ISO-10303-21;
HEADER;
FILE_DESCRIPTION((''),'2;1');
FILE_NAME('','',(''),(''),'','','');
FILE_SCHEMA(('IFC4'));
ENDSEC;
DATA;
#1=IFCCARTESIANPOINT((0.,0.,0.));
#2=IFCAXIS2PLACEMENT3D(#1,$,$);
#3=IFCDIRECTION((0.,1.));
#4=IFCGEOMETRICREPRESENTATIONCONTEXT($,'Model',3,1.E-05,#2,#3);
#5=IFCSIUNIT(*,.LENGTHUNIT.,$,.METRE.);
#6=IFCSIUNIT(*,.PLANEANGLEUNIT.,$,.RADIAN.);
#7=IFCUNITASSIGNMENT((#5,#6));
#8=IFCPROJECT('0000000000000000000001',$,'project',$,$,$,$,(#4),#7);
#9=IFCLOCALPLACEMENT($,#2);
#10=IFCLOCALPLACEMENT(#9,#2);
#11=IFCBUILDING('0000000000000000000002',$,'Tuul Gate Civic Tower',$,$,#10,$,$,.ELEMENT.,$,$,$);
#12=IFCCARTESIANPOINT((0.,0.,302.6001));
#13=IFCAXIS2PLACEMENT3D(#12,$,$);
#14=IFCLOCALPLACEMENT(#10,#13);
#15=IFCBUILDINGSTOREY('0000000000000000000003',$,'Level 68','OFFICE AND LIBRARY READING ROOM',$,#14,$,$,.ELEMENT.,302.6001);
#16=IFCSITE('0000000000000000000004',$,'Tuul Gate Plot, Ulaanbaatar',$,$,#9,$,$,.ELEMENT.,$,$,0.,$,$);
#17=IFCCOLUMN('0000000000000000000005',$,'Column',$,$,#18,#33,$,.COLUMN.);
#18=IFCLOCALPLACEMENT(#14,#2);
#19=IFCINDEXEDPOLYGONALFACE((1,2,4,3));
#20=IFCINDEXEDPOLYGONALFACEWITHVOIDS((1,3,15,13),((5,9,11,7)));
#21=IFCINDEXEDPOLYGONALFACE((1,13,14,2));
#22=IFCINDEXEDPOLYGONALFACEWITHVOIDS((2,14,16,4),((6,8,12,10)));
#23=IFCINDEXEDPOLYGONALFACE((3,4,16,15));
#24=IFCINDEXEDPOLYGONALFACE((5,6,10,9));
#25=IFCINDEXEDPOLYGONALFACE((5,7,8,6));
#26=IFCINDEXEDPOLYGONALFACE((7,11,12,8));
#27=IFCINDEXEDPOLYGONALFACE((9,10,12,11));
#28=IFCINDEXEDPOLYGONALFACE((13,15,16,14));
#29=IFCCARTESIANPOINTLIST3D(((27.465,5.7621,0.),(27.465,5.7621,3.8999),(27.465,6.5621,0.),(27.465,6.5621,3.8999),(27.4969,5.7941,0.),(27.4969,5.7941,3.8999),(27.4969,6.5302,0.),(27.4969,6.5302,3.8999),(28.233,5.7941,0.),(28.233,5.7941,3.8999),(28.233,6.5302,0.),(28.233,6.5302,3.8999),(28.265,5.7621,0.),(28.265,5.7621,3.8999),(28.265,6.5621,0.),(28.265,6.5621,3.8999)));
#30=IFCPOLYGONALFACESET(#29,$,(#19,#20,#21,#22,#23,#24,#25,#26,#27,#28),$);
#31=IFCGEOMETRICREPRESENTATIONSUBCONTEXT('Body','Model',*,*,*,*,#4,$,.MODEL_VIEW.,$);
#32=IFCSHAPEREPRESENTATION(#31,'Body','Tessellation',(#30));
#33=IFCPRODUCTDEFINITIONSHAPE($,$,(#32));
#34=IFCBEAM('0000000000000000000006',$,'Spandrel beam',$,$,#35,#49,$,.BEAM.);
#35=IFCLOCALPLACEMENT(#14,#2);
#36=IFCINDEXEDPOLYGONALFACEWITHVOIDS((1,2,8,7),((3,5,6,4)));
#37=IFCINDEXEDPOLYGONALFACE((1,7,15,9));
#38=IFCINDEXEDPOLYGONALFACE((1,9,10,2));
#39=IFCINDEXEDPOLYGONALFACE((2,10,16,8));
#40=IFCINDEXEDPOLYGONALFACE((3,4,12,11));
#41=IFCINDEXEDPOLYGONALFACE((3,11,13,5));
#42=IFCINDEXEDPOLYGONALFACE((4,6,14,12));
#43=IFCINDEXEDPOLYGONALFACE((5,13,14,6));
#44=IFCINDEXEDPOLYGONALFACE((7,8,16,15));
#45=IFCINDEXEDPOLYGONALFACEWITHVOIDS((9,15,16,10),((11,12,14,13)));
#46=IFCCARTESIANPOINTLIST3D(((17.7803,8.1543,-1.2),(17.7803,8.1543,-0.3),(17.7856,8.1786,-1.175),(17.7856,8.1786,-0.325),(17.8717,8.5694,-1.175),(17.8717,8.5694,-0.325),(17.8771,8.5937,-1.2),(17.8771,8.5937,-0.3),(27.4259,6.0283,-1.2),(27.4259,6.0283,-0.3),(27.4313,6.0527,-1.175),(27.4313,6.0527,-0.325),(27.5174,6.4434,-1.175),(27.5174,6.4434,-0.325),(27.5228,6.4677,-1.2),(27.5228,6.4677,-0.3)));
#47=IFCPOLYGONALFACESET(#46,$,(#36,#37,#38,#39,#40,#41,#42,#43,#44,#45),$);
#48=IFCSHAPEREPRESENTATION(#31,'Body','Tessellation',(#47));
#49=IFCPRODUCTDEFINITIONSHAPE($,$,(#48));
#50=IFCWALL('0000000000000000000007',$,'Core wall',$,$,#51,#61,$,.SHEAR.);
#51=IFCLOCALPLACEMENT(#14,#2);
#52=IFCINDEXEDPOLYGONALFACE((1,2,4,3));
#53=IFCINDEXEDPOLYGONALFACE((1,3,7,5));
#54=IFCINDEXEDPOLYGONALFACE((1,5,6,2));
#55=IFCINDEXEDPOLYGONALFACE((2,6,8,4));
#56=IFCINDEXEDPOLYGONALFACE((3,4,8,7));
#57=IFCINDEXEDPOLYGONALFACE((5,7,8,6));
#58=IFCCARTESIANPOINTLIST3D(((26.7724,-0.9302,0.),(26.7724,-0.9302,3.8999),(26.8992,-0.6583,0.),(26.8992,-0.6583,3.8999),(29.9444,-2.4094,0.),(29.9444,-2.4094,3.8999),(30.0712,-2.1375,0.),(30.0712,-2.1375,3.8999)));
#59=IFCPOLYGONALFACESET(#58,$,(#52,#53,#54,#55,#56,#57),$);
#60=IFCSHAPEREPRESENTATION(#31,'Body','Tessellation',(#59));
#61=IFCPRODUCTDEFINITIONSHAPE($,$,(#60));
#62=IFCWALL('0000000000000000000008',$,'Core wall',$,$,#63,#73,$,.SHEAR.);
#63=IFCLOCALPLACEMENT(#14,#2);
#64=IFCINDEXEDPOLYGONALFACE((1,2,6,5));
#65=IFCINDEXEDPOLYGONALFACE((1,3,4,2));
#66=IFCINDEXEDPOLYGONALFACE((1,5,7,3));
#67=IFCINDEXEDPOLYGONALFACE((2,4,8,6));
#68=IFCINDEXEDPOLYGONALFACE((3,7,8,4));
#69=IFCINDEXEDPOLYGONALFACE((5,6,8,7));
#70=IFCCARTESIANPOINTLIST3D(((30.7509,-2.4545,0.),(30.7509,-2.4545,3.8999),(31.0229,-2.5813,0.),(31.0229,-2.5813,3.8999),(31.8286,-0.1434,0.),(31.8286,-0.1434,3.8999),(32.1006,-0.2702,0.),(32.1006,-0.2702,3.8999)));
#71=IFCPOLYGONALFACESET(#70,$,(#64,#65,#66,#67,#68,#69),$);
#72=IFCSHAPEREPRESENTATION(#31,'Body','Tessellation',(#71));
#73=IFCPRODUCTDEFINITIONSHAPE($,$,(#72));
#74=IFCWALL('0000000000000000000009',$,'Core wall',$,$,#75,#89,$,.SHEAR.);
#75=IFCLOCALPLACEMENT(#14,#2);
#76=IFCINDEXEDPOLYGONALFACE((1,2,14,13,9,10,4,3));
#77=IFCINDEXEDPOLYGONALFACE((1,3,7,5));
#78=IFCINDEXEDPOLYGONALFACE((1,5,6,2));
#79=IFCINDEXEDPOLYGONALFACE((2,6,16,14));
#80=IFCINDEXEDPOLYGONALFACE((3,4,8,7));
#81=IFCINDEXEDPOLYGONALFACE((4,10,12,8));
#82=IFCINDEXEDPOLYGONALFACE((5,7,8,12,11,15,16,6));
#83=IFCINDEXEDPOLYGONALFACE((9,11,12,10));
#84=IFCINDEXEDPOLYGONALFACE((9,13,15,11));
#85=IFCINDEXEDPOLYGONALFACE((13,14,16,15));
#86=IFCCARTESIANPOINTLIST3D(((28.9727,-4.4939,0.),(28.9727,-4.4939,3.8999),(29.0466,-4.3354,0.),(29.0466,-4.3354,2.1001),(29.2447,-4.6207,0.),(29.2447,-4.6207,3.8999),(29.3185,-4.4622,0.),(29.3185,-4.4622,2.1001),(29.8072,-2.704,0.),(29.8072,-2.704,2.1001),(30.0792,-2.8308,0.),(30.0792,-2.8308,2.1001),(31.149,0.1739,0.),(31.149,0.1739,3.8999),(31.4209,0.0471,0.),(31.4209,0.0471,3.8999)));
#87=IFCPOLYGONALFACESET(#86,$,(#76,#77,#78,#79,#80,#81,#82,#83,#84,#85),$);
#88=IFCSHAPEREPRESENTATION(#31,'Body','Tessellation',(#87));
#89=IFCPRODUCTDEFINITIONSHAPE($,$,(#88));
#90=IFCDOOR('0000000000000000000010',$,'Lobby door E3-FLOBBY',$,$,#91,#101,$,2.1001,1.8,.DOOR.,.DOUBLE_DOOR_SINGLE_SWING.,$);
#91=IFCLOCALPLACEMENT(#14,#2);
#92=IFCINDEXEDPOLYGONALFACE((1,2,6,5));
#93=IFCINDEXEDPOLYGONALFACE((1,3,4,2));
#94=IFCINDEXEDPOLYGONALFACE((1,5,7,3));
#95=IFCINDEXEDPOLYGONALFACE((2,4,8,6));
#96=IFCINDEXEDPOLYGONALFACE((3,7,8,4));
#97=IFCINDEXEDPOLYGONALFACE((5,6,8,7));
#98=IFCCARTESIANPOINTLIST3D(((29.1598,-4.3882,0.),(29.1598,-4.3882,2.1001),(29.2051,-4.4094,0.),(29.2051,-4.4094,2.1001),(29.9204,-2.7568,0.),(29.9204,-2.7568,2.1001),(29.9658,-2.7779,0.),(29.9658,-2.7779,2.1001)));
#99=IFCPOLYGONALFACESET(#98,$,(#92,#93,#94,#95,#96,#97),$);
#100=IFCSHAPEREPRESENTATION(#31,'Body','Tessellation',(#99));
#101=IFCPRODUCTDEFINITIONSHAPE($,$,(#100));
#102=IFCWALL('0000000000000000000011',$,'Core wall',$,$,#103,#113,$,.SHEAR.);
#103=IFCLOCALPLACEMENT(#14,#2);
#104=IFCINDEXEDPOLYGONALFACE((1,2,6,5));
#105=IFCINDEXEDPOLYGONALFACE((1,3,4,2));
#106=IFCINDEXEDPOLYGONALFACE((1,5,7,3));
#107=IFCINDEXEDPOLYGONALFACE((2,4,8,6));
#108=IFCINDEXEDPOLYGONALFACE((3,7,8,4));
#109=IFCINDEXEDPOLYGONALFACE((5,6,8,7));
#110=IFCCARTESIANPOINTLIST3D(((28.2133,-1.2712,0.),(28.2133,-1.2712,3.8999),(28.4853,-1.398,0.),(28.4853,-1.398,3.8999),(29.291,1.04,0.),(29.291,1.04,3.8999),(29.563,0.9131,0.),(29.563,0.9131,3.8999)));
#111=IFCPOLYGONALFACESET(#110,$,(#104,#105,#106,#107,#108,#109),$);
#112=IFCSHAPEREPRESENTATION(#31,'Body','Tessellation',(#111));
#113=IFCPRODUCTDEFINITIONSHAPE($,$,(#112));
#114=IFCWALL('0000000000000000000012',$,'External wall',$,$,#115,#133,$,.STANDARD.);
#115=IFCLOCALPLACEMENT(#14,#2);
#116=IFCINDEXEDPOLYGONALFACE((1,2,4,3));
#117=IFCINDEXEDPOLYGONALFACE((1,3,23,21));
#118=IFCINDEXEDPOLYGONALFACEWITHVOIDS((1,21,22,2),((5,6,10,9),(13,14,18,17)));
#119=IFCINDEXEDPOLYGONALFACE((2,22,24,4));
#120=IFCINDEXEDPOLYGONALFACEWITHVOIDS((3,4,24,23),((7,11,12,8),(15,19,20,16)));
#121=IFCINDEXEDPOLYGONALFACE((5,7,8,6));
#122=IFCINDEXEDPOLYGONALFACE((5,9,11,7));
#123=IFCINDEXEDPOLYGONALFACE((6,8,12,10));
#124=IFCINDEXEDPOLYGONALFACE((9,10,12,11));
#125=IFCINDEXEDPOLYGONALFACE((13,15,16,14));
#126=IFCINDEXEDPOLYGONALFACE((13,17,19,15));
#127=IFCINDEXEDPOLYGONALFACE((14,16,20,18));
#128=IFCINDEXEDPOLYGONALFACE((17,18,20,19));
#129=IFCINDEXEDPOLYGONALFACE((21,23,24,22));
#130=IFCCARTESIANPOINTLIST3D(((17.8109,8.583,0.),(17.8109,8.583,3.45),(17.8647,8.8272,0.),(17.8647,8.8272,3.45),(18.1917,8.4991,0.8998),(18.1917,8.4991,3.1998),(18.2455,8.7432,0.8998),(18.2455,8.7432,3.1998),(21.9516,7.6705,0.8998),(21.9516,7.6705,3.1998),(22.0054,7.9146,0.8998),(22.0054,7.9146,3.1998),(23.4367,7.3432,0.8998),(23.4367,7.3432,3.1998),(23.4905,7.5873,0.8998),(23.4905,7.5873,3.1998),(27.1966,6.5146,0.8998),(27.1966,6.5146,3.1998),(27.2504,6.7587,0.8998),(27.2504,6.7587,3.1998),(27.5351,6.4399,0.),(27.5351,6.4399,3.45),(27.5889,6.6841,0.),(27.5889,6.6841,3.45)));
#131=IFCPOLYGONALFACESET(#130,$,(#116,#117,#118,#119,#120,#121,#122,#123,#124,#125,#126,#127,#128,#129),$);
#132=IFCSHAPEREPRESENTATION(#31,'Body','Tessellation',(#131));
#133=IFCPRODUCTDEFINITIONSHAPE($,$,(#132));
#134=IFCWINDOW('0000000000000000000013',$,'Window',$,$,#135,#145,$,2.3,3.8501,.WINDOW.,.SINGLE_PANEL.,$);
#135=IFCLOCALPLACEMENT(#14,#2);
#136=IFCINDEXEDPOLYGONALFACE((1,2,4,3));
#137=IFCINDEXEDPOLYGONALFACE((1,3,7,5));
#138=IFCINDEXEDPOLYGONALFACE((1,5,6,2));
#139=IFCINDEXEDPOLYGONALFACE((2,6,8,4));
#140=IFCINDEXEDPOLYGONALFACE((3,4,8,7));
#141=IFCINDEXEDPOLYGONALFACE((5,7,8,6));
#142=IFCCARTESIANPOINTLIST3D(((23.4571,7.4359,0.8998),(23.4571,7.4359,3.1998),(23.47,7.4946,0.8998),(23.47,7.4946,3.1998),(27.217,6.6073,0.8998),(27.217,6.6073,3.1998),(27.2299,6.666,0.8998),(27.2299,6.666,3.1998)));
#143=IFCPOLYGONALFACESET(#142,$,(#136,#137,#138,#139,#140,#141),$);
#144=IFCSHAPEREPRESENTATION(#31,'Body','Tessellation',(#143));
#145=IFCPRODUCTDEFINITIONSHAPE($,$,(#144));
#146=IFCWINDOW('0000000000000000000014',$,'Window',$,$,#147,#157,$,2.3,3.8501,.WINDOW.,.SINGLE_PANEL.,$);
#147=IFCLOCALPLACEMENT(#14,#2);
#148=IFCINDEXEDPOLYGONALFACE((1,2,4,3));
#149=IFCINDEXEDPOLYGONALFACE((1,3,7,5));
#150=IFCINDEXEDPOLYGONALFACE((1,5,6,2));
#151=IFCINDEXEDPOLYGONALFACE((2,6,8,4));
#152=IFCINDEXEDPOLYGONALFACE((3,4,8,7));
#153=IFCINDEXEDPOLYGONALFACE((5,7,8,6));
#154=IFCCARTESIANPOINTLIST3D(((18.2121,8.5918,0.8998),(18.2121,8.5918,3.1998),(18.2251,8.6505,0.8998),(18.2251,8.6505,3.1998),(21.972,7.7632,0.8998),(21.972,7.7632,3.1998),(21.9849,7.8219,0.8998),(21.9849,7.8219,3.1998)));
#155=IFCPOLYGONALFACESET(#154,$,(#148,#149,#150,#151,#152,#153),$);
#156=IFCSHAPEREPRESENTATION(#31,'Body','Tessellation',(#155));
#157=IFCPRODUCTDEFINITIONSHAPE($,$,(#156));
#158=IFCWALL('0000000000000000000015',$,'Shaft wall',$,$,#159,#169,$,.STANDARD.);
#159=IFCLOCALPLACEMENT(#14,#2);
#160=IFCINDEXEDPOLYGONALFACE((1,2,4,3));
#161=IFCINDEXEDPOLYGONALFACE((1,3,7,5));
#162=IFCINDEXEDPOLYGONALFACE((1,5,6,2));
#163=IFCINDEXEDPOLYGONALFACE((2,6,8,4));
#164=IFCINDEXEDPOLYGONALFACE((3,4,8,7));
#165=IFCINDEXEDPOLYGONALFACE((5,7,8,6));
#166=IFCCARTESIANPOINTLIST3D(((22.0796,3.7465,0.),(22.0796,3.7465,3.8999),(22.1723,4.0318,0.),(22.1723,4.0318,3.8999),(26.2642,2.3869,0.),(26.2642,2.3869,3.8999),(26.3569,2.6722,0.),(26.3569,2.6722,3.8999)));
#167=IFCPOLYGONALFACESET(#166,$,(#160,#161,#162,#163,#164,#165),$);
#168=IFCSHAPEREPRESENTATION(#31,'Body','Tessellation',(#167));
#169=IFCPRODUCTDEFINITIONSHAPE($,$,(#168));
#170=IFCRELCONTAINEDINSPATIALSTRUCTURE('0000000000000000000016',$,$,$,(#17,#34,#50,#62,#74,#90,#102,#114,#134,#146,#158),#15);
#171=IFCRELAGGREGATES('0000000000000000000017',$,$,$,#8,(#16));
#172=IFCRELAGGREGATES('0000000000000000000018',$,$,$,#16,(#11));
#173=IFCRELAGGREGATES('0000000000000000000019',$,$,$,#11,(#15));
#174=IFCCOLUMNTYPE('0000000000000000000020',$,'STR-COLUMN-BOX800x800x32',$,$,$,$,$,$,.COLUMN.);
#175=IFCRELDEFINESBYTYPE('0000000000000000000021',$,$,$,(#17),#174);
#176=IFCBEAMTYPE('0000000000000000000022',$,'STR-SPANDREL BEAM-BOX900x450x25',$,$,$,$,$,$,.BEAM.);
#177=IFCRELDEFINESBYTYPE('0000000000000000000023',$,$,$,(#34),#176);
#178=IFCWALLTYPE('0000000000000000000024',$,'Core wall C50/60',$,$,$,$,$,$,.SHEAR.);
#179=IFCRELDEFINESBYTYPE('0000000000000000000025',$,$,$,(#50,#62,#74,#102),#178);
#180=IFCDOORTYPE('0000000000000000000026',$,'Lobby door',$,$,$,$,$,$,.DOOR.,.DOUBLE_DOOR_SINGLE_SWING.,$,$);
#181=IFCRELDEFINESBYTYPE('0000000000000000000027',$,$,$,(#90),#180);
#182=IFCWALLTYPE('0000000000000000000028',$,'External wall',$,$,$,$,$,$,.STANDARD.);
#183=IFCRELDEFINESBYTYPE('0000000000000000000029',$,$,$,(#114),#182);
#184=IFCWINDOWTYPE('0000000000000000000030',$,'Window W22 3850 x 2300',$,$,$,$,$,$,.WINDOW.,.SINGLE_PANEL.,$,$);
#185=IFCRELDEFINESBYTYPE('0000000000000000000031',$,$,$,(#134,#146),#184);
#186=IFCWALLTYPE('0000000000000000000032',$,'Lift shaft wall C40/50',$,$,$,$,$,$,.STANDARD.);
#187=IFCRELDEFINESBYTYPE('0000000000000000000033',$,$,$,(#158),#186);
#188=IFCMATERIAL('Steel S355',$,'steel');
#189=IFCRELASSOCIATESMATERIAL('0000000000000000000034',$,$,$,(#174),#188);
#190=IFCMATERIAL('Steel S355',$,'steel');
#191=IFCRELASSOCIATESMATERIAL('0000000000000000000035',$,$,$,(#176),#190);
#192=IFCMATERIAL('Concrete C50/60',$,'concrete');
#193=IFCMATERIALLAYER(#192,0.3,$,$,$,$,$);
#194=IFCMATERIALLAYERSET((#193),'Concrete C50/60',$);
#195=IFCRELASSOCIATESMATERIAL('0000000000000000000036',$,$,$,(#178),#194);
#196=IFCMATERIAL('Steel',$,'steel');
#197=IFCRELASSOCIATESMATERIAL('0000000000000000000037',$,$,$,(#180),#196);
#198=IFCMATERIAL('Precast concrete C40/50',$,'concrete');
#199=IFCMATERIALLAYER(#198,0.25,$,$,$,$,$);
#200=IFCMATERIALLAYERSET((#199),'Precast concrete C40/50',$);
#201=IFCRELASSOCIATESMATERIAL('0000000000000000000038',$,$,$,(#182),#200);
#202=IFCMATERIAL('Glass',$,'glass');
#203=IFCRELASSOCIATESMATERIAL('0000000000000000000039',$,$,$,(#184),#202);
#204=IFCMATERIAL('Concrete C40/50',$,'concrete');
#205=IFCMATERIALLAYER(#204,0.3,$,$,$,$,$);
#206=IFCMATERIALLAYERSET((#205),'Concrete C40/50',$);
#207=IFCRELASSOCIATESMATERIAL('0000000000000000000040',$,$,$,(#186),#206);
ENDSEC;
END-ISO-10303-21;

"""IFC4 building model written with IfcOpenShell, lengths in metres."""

from ifc_helpers import new_model, si_unit, direction, frame, frame_2d, origin, origin_2d, place, context, subcontext, project, spatial, rectangle, hollow_rectangle, extrude, material, layer, layer_set, material_profile, profile_set, type_object, element, fill, save


model = new_model("IFC4")

# Units and contexts
model_context = context("Model", 3, precision=1e-05, world=origin(), true_north=direction((0.0, 1.0)))
body_context = subcontext(model_context, "Body", "Model", "MODEL_VIEW")
ifc_project = project(units=[si_unit("LENGTHUNIT", "METRE"), si_unit("PLANEANGLEUNIT", "RADIAN")], contexts=[model_context])

# Site, building, storey
site_placement = place(None, origin())
site = spatial("IfcSite", under=ifc_project, at=site_placement, Name="Tuul Gate Plot, Ulaanbaatar", CompositionType="ELEMENT", RefElevation=0.0)
building_placement = place(site_placement, origin())
building = spatial("IfcBuilding", under=site, at=building_placement, Name="Tuul Gate Civic Tower", CompositionType="ELEMENT")
storey_placement = place(building_placement, frame((0.0, 0.0, 302.6001)))
storey = spatial("IfcBuildingStorey", under=building, at=storey_placement, Name="Level 68", Description="OFFICE AND LIBRARY READING ROOM", CompositionType="ELEMENT", Elevation=302.6001)

# Column
ifc_material_1 = material(Name="Steel S355", Category="steel")
ifc_material_profile_1 = material_profile(ifc_material_1, hollow_rectangle(XDim=0.8, YDim=0.8, WallThickness=0.032, at=origin_2d()), Name="BOX800x800x32")
ifc_profile_set_1 = profile_set([ifc_material_profile_1], Name="Steel S355")
column_type = type_object("IfcColumnType", Name="STR-COLUMN-BOX800x800x32", PredefinedType="COLUMN", material=ifc_profile_set_1)
column_placement = place(storey_placement, frame((27.865, 6.1621, 0.0), z_axis=(0.0, 0.0, 1.0), x_axis=(1.0, 0.0, 0.0)))
element("IfcColumn", 1, at=column_placement, inside=storey, type_object=column_type, Name="Column", PredefinedType="COLUMN", context=body_context, shape_type="SweptSolid", body=[
    extrude(hollow_rectangle(XDim=0.8, YDim=0.8, WallThickness=0.032, at=origin_2d()), origin(), (0.0, 0.0, 1.0), 3.8999),
])

# Beam
ifc_material_2 = material(Name="Steel S355", Category="steel")
ifc_material_profile_2 = material_profile(ifc_material_2, hollow_rectangle(XDim=0.45, YDim=0.8999, WallThickness=0.0249, at=origin_2d()), Name="BOX900x450x25")
ifc_profile_set_2 = profile_set([ifc_material_profile_2], Name="Steel S355")
beam_type = type_object("IfcBeamType", Name="STR-SPANDREL BEAM-BOX900x450x25", PredefinedType="BEAM", material=ifc_profile_set_2)
beam_placement = place(storey_placement, frame((27.4744, 6.248, -0.75), z_axis=(-0.976561, 0.215239, 0.0), x_axis=(-0.215239, -0.976561, 0.0)))
element("IfcBeam", 2, at=beam_placement, inside=storey, type_object=beam_type, Name="Spandrel beam", PredefinedType="BEAM", context=body_context, shape_type="SweptSolid", body=[
    extrude(hollow_rectangle(XDim=0.45, YDim=0.8999, WallThickness=0.0249, at=origin_2d()), origin(), (0.0, 0.0, 1.0), 9.8772),
])

# Walls
ifc_material_3 = material(Name="Concrete C50/60", Category="concrete")
ifc_layer_1 = layer(ifc_material_3, 0.3)
ifc_layer_set_1 = layer_set([ifc_layer_1], Name="Concrete C50/60")
wall_type_1 = type_object("IfcWallType", Name="Core wall C50/60", PredefinedType="SHEAR", material=ifc_layer_set_1)
wall_1_placement = place(storey_placement, frame((30.0078, -2.2734, 0.0), z_axis=(0.0, 0.0, 1.0), x_axis=(-0.906301, 0.422633, 0.0)))
element("IfcWall", 3, at=wall_1_placement, inside=storey, type_object=wall_type_1, Name="Core wall", PredefinedType="SHEAR", context=body_context, shape_type="SweptSolid", body=[
    extrude(rectangle(XDim=3.5, YDim=0.3, at=frame_2d((1.75, 0.0))), origin(), (0.0, 0.0, 1.0), 3.8999),
])
wall_2_placement = place(storey_placement, frame((30.887, -2.5178, 0.0), z_axis=(0.0, 0.0, 1.0), x_axis=(0.422613, 0.90631, 0.0)))
element("IfcWall", 4, at=wall_2_placement, inside=storey, type_object=wall_type_1, Name="Core wall", PredefinedType="SHEAR", context=body_context, shape_type="SweptSolid", body=[
    extrude(rectangle(XDim=2.55, YDim=0.3, at=frame_2d((1.2749, 0.0))), origin(), (0.0, 0.0, 1.0), 3.8999),
])

# Wall, opening, door
wall_3_placement = place(storey_placement, frame((29.1086, -4.5574, 0.0), z_axis=(0.0, 0.0, 1.0), x_axis=(0.422566, 0.906332, 0.0)))
wall_3 = element("IfcWall", 5, at=wall_3_placement, inside=storey, type_object=wall_type_1, Name="Core wall", PredefinedType="SHEAR", context=body_context, shape_type="SweptSolid", body=[
    extrude(rectangle(XDim=5.1501, YDim=0.3, at=frame_2d((2.5752, 0.0))), origin(), (0.0, 0.0, 1.0), 3.8999),
])
opening_1_placement = place(wall_3_placement, frame((0.175, 0.0, 0.0)))
opening_1 = element("IfcOpeningElement", 6, at=opening_1_placement, cuts=wall_3, PredefinedType="OPENING", context=body_context, shape_type="SweptSolid", body=[
    extrude(rectangle(XDim=1.8, YDim=2.1001, at=frame_2d((0.8999, 1.05))), frame((0.0, 0.1602, 0.0), z_axis=(0.0, -1.0, 0.0), x_axis=(1.0, 0.0, 0.0)), (0.0, 0.0, 1.0), 0.3201),
])
ifc_material_4 = material(Name="Steel", Category="steel")
door_type_1 = type_object("IfcDoorType", Name="Lobby door", OperationType="DOUBLE_DOOR_SINGLE_SWING", PredefinedType="DOOR", material=ifc_material_4)
door_1_placement = place(opening_1_placement, frame((1.8, 0.0, 0.0), z_axis=(0.0, 0.0, 1.0), x_axis=(-1.0, 0.0, 0.0)))
door_1 = element("IfcDoor", 7, at=door_1_placement, inside=storey, type_object=door_type_1, Name="Lobby door E3-FLOBBY", OperationType="DOUBLE_DOOR_SINGLE_SWING", OverallHeight=2.1001, OverallWidth=1.8, PredefinedType="DOOR", context=body_context, shape_type="SweptSolid", body=[
    extrude(rectangle(XDim=1.8, YDim=2.1001, at=frame_2d((0.9001, 1.05))), frame((0.0, 0.0249, 0.0), z_axis=(0.0, -1.0, 0.0), x_axis=(1.0, 0.0, 0.0)), (0.0, 0.0, 1.0), 0.05),
])
fill(opening_1, door_1)

# Wall
wall_4_placement = place(storey_placement, frame((28.3494, -1.3345, 0.0), z_axis=(0.0, 0.0, 1.0), x_axis=(0.422613, 0.90631, 0.0)))
element("IfcWall", 8, at=wall_4_placement, inside=storey, type_object=wall_type_1, Name="Core wall", PredefinedType="SHEAR", context=body_context, shape_type="SweptSolid", body=[
    extrude(rectangle(XDim=2.55, YDim=0.3, at=frame_2d((1.2749, 0.0))), origin(), (0.0, 0.0, 1.0), 3.8999),
])

# Wall, openings, windows
ifc_material_5 = material(Name="Precast concrete C40/50", Category="concrete")
ifc_layer_2 = layer(ifc_material_5, 0.25)
ifc_layer_set_2 = layer_set([ifc_layer_2], Name="Precast concrete C40/50")
wall_type_2 = type_object("IfcWallType", Name="External wall", PredefinedType="STANDARD", material=ifc_layer_set_2)
wall_5_placement = place(storey_placement, frame((27.562, 6.562, 0.0), z_axis=(0.0, 0.0, 1.0), x_axis=(-0.976565, 0.215222, 0.0)))
wall_5 = element("IfcWall", 9, at=wall_5_placement, inside=storey, type_object=wall_type_2, Name="External wall", PredefinedType="STANDARD", context=body_context, shape_type="SweptSolid", body=[
    extrude(rectangle(XDim=9.9575, YDim=0.25, at=frame_2d((4.9788, 0.0))), origin(), (0.0, 0.0, 1.0), 3.45),
])
opening_2_placement = place(wall_5_placement, frame((0.3467, 0.0, 0.8999)))
opening_2 = element("IfcOpeningElement", 10, at=opening_2_placement, cuts=wall_5, PredefinedType="OPENING", context=body_context, shape_type="SweptSolid", body=[
    extrude(rectangle(XDim=3.8501, YDim=2.3, at=frame_2d((1.925, 1.1499))), frame((0.0, 0.135, 0.0), z_axis=(0.0, -1.0, 0.0), x_axis=(1.0, 0.0, 0.0)), (0.0, 0.0, 1.0), 0.27),
])
opening_3_placement = place(wall_5_placement, frame((5.7175, 0.0, 0.8999)))
opening_3 = element("IfcOpeningElement", 11, at=opening_3_placement, cuts=wall_5, PredefinedType="OPENING", context=body_context, shape_type="SweptSolid", body=[
    extrude(rectangle(XDim=3.8501, YDim=2.3, at=frame_2d((1.925, 1.1499))), frame((0.0, 0.135, 0.0), z_axis=(0.0, -1.0, 0.0), x_axis=(1.0, 0.0, 0.0)), (0.0, 0.0, 1.0), 0.27),
])
ifc_material_6 = material(Name="Glass", Category="glass")
window_type = type_object("IfcWindowType", Name="Window W22 3850 x 2300", PartitioningType="SINGLE_PANEL", PredefinedType="WINDOW", material=ifc_material_6)
window_1_placement = place(opening_2_placement, origin())
window_1 = element("IfcWindow", 12, at=window_1_placement, inside=storey, type_object=window_type, Name="Window", OverallHeight=2.3, OverallWidth=3.8501, PartitioningType="SINGLE_PANEL", PredefinedType="WINDOW", context=body_context, shape_type="SweptSolid", body=[
    extrude(rectangle(XDim=3.8501, YDim=2.3, at=frame_2d((1.925, 1.1499))), frame((0.0, 0.03, 0.0), z_axis=(0.0, -1.0, 0.0), x_axis=(1.0, 0.0, 0.0)), (0.0, 0.0, 1.0), 0.0601),
])
fill(opening_2, window_1)
window_2_placement = place(opening_3_placement, origin())
window_2 = element("IfcWindow", 13, at=window_2_placement, inside=storey, type_object=window_type, Name="Window", OverallHeight=2.3, OverallWidth=3.8501, PartitioningType="SINGLE_PANEL", PredefinedType="WINDOW", context=body_context, shape_type="SweptSolid", body=[
    extrude(rectangle(XDim=3.8501, YDim=2.3, at=frame_2d((1.925, 1.1499))), frame((0.0, 0.03, 0.0), z_axis=(0.0, -1.0, 0.0), x_axis=(1.0, 0.0, 0.0)), (0.0, 0.0, 1.0), 0.0601),
])
fill(opening_3, window_2)

# Wall
ifc_material_7 = material(Name="Concrete C40/50", Category="concrete")
ifc_layer_3 = layer(ifc_material_7, 0.3)
ifc_layer_set_3 = layer_set([ifc_layer_3], Name="Concrete C40/50")
wall_type_3 = type_object("IfcWallType", Name="Lift shaft wall C40/50", PredefinedType="STANDARD", material=ifc_layer_set_3)
wall_6_placement = place(storey_placement, frame((26.3105, 2.5295, 0.0), z_axis=(0.0, 0.0, 1.0), x_axis=(-0.951059, 0.309011, 0.0)))
element("IfcWall", 14, at=wall_6_placement, inside=storey, type_object=wall_type_3, Name="Shaft wall", PredefinedType="STANDARD", context=body_context, shape_type="SweptSolid", body=[
    extrude(rectangle(XDim=4.3999, YDim=0.3, at=frame_2d((2.2, 0.0))), origin(), (0.0, 0.0, 1.0), 3.8999),
])

save(model, "model.ifc")
